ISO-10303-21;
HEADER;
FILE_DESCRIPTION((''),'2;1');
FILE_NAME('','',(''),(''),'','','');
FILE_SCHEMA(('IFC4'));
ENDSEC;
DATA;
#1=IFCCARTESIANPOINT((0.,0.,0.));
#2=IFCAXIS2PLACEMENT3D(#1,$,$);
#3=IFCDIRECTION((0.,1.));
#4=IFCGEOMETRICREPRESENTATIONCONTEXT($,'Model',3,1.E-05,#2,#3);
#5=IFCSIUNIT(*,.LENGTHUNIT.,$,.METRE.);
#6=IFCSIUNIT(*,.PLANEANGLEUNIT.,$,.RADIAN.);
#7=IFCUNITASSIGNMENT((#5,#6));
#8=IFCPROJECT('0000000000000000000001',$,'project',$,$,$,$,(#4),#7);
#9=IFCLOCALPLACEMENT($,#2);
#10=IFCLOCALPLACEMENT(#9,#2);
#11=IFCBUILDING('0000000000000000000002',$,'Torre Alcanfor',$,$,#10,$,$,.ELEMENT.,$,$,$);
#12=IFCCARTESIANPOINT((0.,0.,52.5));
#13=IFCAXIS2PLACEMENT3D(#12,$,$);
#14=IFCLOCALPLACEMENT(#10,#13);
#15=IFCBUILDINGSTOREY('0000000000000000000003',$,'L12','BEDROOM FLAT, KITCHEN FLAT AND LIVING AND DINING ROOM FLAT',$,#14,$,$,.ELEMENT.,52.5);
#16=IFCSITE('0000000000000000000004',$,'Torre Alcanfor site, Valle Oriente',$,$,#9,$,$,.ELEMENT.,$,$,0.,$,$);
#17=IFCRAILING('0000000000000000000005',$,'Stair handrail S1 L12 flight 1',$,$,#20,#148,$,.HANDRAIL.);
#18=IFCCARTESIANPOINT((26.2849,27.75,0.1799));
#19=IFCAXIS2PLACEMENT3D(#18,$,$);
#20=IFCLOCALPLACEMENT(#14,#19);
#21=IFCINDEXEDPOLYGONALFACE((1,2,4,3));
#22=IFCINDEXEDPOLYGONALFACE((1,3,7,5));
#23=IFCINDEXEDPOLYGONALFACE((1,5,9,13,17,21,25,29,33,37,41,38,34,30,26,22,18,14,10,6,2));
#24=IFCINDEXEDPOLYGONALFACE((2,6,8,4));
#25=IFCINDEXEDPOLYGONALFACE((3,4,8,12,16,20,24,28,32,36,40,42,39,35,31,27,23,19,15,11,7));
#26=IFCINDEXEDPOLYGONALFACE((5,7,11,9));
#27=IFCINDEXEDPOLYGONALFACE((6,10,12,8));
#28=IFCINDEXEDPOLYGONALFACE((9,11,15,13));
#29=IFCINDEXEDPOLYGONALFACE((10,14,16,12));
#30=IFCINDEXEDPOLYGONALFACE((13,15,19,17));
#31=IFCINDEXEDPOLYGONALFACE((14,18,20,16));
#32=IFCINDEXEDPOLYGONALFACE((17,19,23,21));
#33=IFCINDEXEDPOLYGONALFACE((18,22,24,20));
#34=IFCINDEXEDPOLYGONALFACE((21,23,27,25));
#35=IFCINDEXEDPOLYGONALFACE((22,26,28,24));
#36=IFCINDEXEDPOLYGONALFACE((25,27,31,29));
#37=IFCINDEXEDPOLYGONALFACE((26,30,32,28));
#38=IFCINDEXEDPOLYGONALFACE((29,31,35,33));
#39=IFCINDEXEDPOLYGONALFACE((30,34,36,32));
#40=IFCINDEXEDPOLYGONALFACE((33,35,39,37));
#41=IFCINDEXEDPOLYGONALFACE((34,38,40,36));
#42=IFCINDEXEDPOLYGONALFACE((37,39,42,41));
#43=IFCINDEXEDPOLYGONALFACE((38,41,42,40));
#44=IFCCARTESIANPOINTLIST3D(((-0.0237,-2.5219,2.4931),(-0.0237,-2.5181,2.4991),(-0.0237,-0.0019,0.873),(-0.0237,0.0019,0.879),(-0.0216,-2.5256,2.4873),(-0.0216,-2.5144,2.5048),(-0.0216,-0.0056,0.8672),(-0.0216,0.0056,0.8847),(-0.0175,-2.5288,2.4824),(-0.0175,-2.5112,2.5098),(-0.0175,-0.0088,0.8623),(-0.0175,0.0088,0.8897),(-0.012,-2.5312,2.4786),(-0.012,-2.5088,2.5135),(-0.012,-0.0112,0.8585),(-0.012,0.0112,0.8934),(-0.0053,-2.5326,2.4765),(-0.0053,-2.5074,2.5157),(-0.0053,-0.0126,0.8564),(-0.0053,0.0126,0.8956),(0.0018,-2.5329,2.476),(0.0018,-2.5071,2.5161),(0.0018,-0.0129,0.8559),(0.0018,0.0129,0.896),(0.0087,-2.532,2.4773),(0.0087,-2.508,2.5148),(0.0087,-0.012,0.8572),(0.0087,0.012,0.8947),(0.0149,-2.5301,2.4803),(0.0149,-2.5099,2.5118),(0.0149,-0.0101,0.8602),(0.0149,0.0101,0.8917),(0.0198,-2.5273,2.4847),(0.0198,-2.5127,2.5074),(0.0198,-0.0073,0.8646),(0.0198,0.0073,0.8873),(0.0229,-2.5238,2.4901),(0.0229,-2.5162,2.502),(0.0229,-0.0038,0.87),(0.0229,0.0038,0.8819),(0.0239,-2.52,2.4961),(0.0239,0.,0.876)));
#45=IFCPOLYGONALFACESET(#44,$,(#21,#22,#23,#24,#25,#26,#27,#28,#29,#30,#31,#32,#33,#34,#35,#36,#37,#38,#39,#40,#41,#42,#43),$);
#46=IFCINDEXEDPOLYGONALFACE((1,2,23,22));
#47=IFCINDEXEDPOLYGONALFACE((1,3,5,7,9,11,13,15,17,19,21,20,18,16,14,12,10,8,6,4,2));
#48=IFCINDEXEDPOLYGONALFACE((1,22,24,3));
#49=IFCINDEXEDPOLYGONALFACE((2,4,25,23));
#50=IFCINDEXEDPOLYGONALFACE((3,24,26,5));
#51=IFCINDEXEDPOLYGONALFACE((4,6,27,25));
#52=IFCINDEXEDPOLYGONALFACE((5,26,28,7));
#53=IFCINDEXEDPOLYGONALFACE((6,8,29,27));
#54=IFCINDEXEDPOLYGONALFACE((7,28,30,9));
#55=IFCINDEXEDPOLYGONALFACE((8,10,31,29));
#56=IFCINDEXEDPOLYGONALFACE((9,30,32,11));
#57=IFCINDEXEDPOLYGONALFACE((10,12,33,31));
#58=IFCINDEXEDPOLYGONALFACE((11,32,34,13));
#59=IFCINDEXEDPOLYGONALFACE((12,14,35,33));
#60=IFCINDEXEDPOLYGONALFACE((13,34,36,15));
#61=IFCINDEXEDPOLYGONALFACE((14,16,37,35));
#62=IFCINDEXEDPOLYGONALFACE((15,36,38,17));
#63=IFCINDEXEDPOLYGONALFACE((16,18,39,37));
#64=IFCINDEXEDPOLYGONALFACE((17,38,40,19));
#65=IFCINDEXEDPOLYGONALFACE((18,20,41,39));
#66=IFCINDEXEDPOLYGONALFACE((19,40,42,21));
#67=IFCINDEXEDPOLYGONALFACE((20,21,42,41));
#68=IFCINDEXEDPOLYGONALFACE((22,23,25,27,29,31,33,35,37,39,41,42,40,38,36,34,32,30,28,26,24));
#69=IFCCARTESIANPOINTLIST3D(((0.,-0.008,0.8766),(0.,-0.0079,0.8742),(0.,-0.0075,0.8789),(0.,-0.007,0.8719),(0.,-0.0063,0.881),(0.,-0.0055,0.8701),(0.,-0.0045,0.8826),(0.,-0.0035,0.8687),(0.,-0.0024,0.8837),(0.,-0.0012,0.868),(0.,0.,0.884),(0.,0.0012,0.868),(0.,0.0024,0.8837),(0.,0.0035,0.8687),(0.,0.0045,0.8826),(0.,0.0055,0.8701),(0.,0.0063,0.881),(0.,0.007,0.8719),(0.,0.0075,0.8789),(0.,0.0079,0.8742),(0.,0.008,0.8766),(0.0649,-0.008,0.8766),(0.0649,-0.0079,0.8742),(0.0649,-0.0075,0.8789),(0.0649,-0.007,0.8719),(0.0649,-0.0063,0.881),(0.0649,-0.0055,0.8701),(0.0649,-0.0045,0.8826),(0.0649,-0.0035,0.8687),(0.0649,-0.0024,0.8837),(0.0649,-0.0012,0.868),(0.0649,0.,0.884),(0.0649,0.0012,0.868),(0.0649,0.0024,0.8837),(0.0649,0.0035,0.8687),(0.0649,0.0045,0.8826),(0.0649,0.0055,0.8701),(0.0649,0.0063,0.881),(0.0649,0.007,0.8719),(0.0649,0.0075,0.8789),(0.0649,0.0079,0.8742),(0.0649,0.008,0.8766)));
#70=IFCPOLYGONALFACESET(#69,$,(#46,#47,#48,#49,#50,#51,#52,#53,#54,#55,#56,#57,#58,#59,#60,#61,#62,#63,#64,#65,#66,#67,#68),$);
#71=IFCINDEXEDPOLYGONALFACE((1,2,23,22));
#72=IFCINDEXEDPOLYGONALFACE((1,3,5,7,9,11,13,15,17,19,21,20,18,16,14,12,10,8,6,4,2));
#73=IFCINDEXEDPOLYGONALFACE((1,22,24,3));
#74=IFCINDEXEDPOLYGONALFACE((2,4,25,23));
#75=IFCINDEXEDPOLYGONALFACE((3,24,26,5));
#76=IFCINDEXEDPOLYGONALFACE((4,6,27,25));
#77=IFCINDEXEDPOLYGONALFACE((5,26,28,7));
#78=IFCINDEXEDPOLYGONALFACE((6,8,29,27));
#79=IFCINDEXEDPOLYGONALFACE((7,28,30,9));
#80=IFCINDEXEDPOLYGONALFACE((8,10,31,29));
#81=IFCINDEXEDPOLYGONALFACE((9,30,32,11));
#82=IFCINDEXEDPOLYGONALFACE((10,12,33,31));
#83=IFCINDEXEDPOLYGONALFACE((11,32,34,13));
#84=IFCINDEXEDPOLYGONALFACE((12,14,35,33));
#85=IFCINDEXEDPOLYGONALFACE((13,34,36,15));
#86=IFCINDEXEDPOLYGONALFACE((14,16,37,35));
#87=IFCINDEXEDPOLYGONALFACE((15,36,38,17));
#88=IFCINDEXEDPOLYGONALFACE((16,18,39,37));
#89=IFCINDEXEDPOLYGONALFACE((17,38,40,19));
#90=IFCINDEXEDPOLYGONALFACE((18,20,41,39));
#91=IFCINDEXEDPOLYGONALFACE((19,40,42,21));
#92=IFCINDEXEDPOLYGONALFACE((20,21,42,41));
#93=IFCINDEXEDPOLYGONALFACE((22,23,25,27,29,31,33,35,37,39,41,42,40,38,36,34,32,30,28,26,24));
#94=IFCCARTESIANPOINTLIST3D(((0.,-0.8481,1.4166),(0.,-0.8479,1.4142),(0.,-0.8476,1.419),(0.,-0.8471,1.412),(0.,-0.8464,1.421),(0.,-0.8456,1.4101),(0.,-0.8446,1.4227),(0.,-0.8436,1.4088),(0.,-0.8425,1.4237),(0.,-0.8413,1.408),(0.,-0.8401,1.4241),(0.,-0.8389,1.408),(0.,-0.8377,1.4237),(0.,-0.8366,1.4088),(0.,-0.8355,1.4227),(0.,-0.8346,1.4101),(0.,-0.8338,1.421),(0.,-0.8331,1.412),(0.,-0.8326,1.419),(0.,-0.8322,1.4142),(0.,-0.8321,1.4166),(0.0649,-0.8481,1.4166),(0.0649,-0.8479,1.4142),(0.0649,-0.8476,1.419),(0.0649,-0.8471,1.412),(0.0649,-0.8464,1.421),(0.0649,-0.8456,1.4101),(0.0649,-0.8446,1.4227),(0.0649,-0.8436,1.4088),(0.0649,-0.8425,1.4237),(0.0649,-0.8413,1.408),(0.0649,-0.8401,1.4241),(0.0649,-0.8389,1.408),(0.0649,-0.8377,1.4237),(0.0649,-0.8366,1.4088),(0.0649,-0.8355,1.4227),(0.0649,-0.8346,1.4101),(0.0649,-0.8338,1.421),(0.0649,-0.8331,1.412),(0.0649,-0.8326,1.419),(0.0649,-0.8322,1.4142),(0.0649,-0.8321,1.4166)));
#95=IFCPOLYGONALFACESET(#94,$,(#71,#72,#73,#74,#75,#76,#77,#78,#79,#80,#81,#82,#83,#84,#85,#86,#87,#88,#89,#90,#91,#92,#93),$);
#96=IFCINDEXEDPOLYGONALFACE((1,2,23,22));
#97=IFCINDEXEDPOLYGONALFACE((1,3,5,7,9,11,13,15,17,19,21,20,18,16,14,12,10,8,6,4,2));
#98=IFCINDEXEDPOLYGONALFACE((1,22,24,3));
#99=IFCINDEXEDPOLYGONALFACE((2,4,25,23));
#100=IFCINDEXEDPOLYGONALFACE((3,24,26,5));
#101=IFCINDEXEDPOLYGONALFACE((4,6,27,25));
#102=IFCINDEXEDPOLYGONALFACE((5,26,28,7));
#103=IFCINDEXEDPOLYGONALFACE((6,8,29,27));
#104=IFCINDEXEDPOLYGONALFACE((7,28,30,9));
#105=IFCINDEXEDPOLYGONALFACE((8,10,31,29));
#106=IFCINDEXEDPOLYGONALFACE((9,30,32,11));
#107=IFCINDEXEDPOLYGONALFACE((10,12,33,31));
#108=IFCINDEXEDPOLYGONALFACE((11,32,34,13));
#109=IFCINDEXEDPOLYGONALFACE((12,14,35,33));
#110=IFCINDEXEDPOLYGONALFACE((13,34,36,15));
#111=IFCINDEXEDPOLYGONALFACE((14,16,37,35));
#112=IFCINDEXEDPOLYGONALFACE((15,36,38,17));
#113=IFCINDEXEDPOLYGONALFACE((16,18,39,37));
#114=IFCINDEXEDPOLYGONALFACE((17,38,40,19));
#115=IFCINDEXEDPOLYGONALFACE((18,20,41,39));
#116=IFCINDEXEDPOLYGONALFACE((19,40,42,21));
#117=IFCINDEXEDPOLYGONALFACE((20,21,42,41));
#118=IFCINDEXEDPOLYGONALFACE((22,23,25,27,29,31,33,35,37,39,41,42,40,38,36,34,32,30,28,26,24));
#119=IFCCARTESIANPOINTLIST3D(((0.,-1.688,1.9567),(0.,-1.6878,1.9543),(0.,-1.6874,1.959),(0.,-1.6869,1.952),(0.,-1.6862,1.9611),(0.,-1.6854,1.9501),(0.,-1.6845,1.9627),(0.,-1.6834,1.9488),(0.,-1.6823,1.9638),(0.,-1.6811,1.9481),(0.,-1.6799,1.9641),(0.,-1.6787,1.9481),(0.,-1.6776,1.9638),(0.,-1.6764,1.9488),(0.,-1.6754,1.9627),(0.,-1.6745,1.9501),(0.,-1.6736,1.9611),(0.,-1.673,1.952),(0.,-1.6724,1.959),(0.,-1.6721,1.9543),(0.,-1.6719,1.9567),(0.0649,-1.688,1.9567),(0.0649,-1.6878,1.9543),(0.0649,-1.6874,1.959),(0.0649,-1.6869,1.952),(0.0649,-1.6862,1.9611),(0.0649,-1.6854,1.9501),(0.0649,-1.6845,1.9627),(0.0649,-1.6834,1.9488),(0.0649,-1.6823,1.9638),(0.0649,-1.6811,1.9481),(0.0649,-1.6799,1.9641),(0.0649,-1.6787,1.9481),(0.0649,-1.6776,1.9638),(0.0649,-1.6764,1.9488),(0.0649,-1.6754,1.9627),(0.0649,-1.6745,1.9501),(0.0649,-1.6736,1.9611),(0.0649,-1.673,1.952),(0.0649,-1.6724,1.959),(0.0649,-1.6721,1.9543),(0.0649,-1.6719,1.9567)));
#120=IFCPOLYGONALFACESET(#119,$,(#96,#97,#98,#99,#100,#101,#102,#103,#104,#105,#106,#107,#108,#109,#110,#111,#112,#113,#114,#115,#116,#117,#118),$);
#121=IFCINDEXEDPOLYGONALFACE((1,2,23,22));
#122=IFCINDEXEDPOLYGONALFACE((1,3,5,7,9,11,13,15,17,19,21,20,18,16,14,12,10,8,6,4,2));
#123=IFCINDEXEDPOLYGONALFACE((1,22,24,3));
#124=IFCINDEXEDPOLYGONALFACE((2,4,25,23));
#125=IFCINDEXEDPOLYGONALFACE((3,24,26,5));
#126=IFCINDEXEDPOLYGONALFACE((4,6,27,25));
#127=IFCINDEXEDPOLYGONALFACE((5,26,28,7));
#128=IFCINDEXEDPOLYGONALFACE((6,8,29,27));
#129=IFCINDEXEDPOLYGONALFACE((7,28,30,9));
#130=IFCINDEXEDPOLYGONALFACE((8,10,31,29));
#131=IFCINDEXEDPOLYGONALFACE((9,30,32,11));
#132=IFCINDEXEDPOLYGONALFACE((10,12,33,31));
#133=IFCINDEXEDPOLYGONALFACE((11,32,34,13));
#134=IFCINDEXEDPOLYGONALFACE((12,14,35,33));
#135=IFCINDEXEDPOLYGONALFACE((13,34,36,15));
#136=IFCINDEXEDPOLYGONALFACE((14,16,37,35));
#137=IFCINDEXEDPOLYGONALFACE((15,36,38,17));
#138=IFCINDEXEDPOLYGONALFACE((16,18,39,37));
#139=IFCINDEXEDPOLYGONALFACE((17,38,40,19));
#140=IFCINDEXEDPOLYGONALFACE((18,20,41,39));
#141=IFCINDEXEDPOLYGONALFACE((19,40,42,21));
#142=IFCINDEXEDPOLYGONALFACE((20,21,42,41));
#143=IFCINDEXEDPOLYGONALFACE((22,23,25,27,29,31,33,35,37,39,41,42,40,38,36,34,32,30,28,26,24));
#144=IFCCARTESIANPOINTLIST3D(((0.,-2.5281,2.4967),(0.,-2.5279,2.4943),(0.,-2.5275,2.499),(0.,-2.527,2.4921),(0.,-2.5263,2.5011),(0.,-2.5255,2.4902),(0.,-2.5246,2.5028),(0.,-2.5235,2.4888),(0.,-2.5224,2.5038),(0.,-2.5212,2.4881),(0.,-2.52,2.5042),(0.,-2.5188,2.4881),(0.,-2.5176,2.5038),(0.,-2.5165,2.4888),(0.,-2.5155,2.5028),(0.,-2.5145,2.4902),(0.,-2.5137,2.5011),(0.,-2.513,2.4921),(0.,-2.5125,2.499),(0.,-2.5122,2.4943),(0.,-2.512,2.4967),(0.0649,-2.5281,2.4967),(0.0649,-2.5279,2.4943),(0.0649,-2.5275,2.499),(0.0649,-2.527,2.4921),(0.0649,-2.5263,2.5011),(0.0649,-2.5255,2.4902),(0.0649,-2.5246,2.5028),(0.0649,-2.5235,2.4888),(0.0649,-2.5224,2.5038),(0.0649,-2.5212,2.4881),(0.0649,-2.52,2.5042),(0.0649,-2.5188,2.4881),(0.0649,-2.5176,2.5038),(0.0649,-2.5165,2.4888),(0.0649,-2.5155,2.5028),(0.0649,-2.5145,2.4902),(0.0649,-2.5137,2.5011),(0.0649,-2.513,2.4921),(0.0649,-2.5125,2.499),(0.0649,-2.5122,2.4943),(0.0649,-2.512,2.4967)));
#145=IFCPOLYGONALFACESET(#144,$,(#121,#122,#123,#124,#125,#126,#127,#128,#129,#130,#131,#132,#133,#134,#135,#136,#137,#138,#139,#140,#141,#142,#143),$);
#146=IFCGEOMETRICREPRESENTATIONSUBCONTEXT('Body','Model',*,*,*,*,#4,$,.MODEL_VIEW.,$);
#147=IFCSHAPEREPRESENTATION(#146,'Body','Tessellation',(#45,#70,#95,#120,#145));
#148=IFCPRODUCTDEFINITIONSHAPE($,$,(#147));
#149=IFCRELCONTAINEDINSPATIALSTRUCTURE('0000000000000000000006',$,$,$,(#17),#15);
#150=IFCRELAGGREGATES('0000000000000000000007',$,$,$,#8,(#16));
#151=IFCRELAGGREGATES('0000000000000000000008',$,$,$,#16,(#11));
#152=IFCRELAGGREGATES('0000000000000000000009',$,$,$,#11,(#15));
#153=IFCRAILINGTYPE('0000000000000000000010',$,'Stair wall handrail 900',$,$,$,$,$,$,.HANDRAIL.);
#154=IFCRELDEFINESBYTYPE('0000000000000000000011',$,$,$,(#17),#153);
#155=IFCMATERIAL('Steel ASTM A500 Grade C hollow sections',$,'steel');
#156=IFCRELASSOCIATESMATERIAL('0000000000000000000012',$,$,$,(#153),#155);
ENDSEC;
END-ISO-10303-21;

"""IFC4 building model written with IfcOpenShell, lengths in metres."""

from ifc_helpers import new_model, si_unit, direction, frame, origin, origin_2d, place, context, subcontext, project, spatial, circle, extrude, material, type_object, element, save


model = new_model("IFC4")

# Units and contexts
model_context = context("Model", 3, precision=1e-05, world=origin(), true_north=direction((0.0, 1.0)))
body_context = subcontext(model_context, "Body", "Model", "MODEL_VIEW")
ifc_project = project(units=[si_unit("LENGTHUNIT", "METRE"), si_unit("PLANEANGLEUNIT", "RADIAN")], contexts=[model_context])

# Site, building, storey
site_placement = place(None, origin())
site = spatial("IfcSite", under=ifc_project, at=site_placement, Name="Torre Alcanfor site, Valle Oriente", CompositionType="ELEMENT", RefElevation=0.0)
building_placement = place(site_placement, origin())
building = spatial("IfcBuilding", under=site, at=building_placement, Name="Torre Alcanfor", CompositionType="ELEMENT")
storey_placement = place(building_placement, frame((0.0, 0.0, 52.5)))
storey = spatial("IfcBuildingStorey", under=building, at=storey_placement, Name="L12", Description="BEDROOM FLAT, KITCHEN FLAT AND LIVING AND DINING ROOM FLAT", CompositionType="ELEMENT", Elevation=52.5)

# Railing
ifc_material_1 = material(Name="Steel ASTM A500 Grade C hollow sections", Category="steel")
railing_type_1 = type_object("IfcRailingType", Name="Stair wall handrail 900", PredefinedType="HANDRAIL", material=ifc_material_1)
railing_1_placement = place(storey_placement, frame((26.2849, 27.75, 0.1799)))
element("IfcRailing", 1, at=railing_1_placement, inside=storey, type_object=railing_type_1, Name="Stair handrail S1 L12 flight 1", PredefinedType="HANDRAIL", context=body_context, shape_type="SweptSolid", body=[
    extrude(circle(Radius=0.0239, at=origin_2d()), frame((0.0, 0.0, 0.876), z_axis=(0.0, -0.841163, 0.540782), x_axis=(1.0, 0.0, 0.0)), (0.0, 0.0, 1.0), 2.9958),
    extrude(circle(Radius=0.0081, at=origin_2d()), frame((0.0, 0.0, 0.876), z_axis=(1.0, 0.0, 0.0), x_axis=(0.0, 0.0, 1.0)), (0.0, 0.0, 1.0), 0.0649),
    extrude(circle(Radius=0.0081, at=origin_2d()), frame((0.0, -0.8401, 1.416), z_axis=(1.0, 0.0, 0.0), x_axis=(0.0, 0.0, 1.0)), (0.0, 0.0, 1.0), 0.0649),
    extrude(circle(Radius=0.0081, at=origin_2d()), frame((0.0, -1.6799, 1.9561), z_axis=(1.0, 0.0, 0.0), x_axis=(0.0, 0.0, 1.0)), (0.0, 0.0, 1.0), 0.0649),
    extrude(circle(Radius=0.0081, at=origin_2d()), frame((0.0, -2.52, 2.4961), z_axis=(1.0, 0.0, 0.0), x_axis=(0.0, 0.0, 1.0)), (0.0, 0.0, 1.0), 0.0649),
])

save(model, "model.ifc")
